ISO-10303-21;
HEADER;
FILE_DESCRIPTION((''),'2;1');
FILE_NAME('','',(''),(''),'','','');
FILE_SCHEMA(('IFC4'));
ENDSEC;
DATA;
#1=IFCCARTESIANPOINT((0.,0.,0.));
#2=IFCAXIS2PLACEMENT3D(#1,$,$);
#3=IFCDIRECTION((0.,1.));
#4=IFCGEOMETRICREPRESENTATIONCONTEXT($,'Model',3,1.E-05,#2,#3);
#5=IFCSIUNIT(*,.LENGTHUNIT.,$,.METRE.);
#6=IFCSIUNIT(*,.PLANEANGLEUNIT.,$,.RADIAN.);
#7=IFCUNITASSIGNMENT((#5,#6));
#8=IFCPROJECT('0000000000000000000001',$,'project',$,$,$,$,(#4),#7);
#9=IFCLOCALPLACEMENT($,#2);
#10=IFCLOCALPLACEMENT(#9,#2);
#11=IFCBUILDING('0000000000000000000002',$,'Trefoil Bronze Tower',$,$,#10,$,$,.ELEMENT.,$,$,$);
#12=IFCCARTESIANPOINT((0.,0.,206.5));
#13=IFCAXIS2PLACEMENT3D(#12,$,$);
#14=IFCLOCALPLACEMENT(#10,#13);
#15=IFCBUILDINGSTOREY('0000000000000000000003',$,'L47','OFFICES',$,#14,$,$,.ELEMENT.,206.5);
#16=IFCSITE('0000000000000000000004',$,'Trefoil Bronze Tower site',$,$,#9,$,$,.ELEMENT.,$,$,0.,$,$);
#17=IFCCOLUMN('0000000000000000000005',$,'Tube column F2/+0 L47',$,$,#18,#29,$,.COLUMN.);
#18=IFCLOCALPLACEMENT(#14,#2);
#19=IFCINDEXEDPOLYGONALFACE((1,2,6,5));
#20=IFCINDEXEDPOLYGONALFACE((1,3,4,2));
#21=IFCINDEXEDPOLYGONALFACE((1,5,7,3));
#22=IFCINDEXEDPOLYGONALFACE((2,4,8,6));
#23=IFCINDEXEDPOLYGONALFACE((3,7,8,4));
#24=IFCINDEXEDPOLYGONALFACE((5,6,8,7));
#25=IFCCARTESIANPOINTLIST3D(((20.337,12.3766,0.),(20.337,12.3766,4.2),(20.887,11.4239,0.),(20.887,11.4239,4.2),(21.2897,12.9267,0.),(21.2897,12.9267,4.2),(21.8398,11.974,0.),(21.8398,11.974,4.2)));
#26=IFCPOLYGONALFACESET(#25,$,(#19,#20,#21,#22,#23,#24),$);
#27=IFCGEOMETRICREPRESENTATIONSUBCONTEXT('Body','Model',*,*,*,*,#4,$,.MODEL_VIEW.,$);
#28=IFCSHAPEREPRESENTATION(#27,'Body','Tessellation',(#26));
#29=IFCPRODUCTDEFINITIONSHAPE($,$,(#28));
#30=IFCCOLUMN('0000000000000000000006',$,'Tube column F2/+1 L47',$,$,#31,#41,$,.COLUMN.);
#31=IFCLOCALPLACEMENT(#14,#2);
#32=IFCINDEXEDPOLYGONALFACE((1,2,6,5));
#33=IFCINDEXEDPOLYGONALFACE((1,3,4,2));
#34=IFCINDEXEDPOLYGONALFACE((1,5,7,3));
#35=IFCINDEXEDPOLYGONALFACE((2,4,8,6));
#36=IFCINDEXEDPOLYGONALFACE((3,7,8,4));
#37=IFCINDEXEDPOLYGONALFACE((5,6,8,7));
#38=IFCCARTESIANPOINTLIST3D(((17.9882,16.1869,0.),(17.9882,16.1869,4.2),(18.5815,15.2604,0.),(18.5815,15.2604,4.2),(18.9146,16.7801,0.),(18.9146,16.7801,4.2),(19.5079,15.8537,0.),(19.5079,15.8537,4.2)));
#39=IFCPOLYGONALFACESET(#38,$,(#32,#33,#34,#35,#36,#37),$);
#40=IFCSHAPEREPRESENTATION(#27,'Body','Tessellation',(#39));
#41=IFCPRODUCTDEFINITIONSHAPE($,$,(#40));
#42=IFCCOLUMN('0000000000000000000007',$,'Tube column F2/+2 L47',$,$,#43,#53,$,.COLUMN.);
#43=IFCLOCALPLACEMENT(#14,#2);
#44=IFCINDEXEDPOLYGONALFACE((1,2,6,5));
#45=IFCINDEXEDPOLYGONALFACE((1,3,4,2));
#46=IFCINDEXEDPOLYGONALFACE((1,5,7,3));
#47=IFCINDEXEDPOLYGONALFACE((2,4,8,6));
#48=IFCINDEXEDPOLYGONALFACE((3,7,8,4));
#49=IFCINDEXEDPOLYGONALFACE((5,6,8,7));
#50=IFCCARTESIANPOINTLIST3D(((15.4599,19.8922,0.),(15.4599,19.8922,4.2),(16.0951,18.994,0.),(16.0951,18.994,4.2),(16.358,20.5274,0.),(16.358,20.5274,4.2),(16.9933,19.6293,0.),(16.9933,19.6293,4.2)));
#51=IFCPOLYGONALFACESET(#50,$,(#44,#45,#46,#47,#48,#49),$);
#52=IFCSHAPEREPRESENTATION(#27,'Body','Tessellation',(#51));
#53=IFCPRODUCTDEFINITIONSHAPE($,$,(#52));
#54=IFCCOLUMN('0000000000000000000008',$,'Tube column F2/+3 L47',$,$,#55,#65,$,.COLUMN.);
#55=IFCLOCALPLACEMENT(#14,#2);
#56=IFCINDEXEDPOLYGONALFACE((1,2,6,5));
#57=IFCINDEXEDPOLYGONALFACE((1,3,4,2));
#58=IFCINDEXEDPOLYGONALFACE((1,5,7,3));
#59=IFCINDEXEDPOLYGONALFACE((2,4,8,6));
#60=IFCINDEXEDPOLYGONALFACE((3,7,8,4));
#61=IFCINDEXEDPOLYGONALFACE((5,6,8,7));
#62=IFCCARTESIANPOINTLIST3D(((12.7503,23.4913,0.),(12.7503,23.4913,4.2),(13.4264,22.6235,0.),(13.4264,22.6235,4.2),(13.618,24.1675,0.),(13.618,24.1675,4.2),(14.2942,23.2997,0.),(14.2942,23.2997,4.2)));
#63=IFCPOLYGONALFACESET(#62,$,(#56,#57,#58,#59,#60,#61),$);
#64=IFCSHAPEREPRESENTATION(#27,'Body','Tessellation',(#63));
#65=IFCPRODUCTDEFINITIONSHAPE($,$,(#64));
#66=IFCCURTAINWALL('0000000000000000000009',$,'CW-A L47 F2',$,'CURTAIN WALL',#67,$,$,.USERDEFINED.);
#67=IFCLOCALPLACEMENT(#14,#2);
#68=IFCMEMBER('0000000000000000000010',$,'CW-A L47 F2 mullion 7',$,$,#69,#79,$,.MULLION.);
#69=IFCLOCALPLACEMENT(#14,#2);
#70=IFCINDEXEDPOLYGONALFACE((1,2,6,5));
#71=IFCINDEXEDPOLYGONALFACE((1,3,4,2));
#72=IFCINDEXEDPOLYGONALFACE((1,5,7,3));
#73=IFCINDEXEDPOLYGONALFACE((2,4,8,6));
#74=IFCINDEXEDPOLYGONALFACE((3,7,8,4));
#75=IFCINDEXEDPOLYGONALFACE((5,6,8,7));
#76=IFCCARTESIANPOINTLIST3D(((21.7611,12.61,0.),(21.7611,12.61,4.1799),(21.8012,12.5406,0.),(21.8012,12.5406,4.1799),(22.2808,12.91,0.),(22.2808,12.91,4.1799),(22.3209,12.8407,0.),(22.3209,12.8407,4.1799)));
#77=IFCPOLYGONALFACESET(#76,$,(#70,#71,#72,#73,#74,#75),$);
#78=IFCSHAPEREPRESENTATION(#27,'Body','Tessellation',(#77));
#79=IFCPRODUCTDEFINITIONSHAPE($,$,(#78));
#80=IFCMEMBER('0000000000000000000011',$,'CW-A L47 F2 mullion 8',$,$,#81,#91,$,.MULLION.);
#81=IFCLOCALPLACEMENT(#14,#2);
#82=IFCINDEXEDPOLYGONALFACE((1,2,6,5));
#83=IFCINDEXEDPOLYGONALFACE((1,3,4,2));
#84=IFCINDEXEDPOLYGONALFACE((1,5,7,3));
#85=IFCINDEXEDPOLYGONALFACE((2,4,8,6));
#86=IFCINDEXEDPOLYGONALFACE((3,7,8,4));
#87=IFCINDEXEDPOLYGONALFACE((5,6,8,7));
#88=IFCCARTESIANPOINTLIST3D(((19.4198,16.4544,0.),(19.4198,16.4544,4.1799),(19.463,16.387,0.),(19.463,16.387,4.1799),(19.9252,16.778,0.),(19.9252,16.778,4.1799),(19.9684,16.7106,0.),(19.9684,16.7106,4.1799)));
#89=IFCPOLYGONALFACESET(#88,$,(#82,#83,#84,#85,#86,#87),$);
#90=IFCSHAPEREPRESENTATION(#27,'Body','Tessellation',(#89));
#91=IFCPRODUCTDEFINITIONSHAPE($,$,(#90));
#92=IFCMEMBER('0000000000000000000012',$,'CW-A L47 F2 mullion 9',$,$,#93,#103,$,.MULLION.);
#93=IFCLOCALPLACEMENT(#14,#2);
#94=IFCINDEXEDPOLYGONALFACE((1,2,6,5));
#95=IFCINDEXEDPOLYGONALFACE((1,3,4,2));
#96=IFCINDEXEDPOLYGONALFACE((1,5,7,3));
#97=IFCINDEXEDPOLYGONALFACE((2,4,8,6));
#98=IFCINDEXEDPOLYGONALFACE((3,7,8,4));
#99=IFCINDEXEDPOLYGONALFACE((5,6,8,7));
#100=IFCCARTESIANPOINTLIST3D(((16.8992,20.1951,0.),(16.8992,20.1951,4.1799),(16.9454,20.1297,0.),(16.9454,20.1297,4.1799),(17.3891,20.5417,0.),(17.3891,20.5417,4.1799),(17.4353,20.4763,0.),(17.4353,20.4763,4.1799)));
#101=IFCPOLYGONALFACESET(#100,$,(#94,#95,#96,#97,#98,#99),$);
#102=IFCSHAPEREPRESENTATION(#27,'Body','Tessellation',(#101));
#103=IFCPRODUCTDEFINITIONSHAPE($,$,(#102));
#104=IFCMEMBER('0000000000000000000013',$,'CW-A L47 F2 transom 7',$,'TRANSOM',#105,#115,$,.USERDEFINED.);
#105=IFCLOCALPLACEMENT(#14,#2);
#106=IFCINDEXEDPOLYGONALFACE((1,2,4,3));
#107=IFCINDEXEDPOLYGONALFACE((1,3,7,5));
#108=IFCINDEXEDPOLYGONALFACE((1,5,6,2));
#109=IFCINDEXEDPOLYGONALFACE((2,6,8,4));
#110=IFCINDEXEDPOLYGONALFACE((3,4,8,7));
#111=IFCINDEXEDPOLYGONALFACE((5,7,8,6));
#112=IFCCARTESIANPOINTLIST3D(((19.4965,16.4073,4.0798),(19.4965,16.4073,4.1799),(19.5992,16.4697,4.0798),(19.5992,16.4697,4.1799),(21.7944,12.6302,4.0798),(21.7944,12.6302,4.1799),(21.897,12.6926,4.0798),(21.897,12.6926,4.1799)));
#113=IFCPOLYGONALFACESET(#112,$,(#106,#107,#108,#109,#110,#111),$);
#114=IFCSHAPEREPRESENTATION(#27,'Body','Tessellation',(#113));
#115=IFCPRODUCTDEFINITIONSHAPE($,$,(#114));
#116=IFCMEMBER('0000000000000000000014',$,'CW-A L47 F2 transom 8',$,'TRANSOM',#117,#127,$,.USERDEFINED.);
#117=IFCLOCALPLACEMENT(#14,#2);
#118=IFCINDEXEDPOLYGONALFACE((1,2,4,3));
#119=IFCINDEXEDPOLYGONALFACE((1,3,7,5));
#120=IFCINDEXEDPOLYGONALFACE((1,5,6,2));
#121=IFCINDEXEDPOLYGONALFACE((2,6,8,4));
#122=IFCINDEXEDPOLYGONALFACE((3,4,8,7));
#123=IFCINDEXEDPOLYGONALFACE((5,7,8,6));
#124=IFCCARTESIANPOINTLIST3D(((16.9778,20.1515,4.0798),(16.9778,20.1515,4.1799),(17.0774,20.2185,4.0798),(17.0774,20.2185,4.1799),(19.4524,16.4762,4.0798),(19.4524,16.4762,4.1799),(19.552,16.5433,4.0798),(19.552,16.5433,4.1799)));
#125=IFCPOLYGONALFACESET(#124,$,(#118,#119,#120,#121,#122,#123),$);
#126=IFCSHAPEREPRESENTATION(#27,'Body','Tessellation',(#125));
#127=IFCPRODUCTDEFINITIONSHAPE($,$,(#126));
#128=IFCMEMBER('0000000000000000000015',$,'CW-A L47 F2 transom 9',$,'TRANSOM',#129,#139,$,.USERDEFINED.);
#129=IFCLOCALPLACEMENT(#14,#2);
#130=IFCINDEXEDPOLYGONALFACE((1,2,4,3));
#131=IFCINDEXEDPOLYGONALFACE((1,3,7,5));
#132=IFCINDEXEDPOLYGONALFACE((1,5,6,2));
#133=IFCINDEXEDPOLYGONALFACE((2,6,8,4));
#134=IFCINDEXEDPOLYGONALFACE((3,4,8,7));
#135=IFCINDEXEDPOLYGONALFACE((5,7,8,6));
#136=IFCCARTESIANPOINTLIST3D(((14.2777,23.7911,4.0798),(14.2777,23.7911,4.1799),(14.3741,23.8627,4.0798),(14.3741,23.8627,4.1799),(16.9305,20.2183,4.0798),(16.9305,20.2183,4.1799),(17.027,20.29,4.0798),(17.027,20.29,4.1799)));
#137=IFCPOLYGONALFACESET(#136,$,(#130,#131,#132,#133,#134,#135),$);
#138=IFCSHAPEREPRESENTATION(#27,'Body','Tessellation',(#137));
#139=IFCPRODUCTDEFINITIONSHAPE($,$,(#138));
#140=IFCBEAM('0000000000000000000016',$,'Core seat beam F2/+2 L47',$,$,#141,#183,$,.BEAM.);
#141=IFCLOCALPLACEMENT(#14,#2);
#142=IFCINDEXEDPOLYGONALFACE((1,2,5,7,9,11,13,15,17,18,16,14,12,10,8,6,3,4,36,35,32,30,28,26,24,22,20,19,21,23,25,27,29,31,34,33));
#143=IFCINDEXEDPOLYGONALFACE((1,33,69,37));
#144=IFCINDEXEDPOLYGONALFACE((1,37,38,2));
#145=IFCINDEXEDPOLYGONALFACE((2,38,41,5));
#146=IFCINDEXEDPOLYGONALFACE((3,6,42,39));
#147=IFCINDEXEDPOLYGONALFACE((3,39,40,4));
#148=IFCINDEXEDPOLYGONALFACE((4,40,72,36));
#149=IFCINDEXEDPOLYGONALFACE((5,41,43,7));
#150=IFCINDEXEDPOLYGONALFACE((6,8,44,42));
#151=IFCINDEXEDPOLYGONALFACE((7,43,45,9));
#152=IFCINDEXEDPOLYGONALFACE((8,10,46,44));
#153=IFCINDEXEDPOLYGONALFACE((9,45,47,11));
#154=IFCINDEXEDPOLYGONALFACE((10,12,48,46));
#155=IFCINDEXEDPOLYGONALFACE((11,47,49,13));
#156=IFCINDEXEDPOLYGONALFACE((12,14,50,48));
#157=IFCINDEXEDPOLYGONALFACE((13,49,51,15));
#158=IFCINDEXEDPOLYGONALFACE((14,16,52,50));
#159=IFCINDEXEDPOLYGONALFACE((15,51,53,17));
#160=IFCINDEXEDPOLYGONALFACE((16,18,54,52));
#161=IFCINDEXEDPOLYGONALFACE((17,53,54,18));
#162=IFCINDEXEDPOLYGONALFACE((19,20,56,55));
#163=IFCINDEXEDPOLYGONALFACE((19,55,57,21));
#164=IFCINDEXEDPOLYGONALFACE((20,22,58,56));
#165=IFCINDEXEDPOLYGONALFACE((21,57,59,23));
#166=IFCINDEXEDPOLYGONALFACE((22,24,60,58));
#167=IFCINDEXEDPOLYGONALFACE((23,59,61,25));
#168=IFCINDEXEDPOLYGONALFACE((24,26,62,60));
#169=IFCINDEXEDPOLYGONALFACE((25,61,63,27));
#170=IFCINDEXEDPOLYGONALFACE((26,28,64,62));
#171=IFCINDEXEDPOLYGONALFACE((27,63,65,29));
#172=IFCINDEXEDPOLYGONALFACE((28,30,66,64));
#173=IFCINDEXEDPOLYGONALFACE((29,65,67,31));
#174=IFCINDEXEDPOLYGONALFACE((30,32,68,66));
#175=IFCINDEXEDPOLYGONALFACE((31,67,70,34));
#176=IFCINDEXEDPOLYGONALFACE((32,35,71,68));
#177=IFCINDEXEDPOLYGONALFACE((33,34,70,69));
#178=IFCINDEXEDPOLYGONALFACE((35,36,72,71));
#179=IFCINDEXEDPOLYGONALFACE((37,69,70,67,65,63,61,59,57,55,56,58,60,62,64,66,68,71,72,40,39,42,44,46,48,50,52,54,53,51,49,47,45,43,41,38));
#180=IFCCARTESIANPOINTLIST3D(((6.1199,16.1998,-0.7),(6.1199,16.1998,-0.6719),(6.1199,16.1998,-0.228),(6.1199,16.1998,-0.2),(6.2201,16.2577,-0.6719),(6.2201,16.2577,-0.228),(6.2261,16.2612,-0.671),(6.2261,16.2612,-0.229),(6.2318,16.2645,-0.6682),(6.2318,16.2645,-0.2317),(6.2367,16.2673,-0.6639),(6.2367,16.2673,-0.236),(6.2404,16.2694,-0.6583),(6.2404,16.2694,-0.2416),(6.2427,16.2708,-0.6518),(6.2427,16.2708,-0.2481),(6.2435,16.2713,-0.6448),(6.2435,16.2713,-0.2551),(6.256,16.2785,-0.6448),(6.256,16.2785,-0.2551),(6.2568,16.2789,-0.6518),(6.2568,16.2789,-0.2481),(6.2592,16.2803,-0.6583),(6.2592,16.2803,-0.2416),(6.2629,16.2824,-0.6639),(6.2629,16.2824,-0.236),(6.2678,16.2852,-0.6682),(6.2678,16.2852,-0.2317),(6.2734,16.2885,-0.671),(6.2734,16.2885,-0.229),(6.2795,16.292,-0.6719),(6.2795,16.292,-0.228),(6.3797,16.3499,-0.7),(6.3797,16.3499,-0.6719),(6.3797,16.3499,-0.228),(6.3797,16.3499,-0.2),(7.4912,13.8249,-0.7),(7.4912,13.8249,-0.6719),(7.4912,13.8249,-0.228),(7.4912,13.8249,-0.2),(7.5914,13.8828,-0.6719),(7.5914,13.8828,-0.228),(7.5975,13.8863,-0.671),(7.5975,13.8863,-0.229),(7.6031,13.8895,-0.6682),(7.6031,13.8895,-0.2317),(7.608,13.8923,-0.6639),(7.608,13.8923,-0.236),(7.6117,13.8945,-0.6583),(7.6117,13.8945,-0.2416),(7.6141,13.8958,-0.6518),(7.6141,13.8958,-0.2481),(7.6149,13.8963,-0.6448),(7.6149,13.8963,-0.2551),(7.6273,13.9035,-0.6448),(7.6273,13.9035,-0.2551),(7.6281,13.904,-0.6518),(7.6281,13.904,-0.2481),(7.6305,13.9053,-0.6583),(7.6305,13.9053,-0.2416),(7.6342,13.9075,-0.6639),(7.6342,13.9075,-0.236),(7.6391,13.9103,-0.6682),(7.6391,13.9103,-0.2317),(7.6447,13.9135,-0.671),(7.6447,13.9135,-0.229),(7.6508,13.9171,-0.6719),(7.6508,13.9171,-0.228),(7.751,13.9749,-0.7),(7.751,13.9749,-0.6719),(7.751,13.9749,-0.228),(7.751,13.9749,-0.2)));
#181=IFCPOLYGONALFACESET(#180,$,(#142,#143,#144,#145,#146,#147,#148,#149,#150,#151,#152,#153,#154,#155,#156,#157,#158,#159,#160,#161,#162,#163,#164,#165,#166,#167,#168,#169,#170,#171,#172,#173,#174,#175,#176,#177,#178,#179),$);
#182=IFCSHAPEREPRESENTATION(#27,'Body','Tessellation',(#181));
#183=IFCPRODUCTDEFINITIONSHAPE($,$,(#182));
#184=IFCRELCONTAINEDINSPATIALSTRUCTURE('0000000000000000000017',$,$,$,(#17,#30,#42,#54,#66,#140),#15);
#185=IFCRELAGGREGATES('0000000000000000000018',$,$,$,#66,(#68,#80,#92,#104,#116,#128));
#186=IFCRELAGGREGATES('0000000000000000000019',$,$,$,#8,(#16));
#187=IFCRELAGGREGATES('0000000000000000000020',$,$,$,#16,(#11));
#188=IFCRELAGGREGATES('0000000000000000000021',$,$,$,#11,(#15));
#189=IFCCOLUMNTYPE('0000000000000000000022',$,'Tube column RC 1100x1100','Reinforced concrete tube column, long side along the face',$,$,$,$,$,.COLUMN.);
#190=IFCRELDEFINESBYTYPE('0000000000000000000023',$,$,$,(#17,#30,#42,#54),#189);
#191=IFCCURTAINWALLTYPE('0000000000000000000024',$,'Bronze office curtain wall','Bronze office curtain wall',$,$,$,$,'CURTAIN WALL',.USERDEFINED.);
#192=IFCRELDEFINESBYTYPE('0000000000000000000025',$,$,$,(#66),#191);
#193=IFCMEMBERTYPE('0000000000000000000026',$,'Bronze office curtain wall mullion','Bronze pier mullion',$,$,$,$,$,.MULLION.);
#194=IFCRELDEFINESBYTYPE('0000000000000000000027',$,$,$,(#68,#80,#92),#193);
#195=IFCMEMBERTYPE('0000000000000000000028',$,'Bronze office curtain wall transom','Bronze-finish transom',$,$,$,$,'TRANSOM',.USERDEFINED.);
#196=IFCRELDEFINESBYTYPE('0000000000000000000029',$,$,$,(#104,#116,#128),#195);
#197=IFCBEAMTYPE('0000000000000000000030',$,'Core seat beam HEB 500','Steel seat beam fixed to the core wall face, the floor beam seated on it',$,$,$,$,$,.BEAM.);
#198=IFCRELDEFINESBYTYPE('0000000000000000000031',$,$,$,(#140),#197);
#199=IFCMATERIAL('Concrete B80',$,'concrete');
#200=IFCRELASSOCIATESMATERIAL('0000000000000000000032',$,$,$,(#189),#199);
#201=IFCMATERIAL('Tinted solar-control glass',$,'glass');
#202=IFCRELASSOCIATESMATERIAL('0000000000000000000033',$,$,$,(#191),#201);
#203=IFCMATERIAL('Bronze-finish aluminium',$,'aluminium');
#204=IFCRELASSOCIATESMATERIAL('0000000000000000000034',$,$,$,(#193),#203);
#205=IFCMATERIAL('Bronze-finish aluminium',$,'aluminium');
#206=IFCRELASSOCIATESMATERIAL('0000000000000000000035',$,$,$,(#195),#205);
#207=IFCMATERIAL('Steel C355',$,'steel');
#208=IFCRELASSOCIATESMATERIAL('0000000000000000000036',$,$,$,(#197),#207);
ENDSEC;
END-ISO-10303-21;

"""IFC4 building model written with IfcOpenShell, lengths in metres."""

from ifc_helpers import new_model, si_unit, direction, frame, origin, origin_2d, place, context, subcontext, project, spatial, rectangle, i_section, extrude, material, material_profile, profile_set, type_object, element, aggregate, save


model = new_model("IFC4")

# Units and contexts
model_context = context("Model", 3, precision=1e-05, world=origin(), true_north=direction((0.0, 1.0)))
body_context = subcontext(model_context, "Body", "Model", "MODEL_VIEW")
ifc_project = project(units=[si_unit("LENGTHUNIT", "METRE"), si_unit("PLANEANGLEUNIT", "RADIAN")], contexts=[model_context])

# Site, building, storey
site_placement = place(None, origin())
site = spatial("IfcSite", under=ifc_project, at=site_placement, Name="Trefoil Bronze Tower site", CompositionType="ELEMENT", RefElevation=0.0)
building_placement = place(site_placement, origin())
building = spatial("IfcBuilding", under=site, at=building_placement, Name="Trefoil Bronze Tower", CompositionType="ELEMENT")
storey_placement = place(building_placement, frame((0.0, 0.0, 206.5)))
storey = spatial("IfcBuildingStorey", under=building, at=storey_placement, Name="L47", Description="OFFICES", CompositionType="ELEMENT", Elevation=206.5)

# Columns
ifc_material_1 = material(Name="Concrete B80", Category="concrete")
ifc_material_profile_1 = material_profile(ifc_material_1, rectangle(XDim=1.1001, YDim=1.1001, at=origin_2d()), Name="RC 1100x1100")
ifc_profile_set_1 = profile_set([ifc_material_profile_1], Name="Concrete B80")
column_type = type_object("IfcColumnType", Name="Tube column RC 1100x1100", Description="Reinforced concrete tube column, long side along the face", PredefinedType="COLUMN", material=ifc_profile_set_1)
for number, where, z_axis, x_axis, name in (
    (1, (21.0884, 12.1753, 0.0), (0.0, 0.0, 1.0), (-0.5, 0.866025, 0.0), "Tube column F2/+0 L47"),
    (2, (18.748, 16.0203, 0.0), (0.0, 0.0, 1.0), (-0.53927, 0.842133, 0.0), "Tube column F2/+1 L47"),
    (3, (16.2266, 19.7607, 0.0), (0.0, 0.0, 1.0), (-0.577481, 0.816404, 0.0), "Tube column F2/+2 L47"),
    (4, (13.5222, 23.3955, 0.0), (0.0, 0.0, 1.0), (-0.614622, 0.788821, 0.0), "Tube column F2/+3 L47"),
):
    element("IfcColumn", number, at=place(storey_placement, frame(where, z_axis=z_axis, x_axis=x_axis)), inside=storey, type_object=column_type, Name=name, PredefinedType="COLUMN", context=body_context, shape_type="SweptSolid", body=[
        extrude(rectangle(XDim=1.1001, YDim=1.1001, at=origin_2d()), origin(), (0.0, 0.0, 1.0), 4.2),
    ])

# Curtain wall, members
ifc_material_2 = material(Name="Tinted solar-control glass", Category="glass")
curtain_wall_type = type_object("IfcCurtainWallType", Name="Bronze office curtain wall", Description="Bronze office curtain wall", ElementType="CURTAIN WALL", PredefinedType="USERDEFINED", material=ifc_material_2)
curtain_wall_placement = place(storey_placement, origin())
curtain_wall = element("IfcCurtainWall", 5, at=curtain_wall_placement, inside=storey, type_object=curtain_wall_type, Name="CW-A L47 F2", ObjectType="CURTAIN WALL", PredefinedType="USERDEFINED")
ifc_material_3 = material(Name="Bronze-finish aluminium", Category="aluminium")
ifc_material_profile_2 = material_profile(ifc_material_3, rectangle(XDim=0.6001, YDim=0.0801, at=origin_2d()), Name="CW-A mullion")
ifc_profile_set_2 = profile_set([ifc_material_profile_2], Name="Bronze-finish aluminium")
member_type_1 = type_object("IfcMemberType", Name="Bronze office curtain wall mullion", Description="Bronze pier mullion", PredefinedType="MULLION", material=ifc_profile_set_2)
member_1_placement = place(storey_placement, frame((22.041, 12.7253, 0.0), z_axis=(0.0, 0.0, 1.0), x_axis=(-0.866025, -0.5, 0.0)))
member_1 = element("IfcMember", 6, at=member_1_placement, type_object=member_type_1, Name="CW-A L47 F2 mullion 7", PredefinedType="MULLION", context=body_context, shape_type="SweptSolid", body=[
    extrude(rectangle(XDim=0.6001, YDim=0.0801, at=origin_2d()), origin(), (0.0, 0.0, 1.0), 4.1799),
])
member_2_placement = place(storey_placement, frame((19.6941, 16.5825, 0.0), z_axis=(0.0, 0.0, 1.0), x_axis=(-0.842133, -0.53927, 0.0)))
member_2 = element("IfcMember", 7, at=member_2_placement, type_object=member_type_1, Name="CW-A L47 F2 mullion 8", PredefinedType="MULLION", context=body_context, shape_type="SweptSolid", body=[
    extrude(rectangle(XDim=0.6001, YDim=0.0801, at=origin_2d()), origin(), (0.0, 0.0, 1.0), 4.1799),
])
member_3_placement = place(storey_placement, frame((17.1672, 20.3357, 0.0), z_axis=(0.0, 0.0, 1.0), x_axis=(-0.816404, -0.577481, 0.0)))
member_3 = element("IfcMember", 8, at=member_3_placement, type_object=member_type_1, Name="CW-A L47 F2 mullion 9", PredefinedType="MULLION", context=body_context, shape_type="SweptSolid", body=[
    extrude(rectangle(XDim=0.6001, YDim=0.0801, at=origin_2d()), origin(), (0.0, 0.0, 1.0), 4.1799),
])
ifc_material_4 = material(Name="Bronze-finish aluminium", Category="aluminium")
ifc_material_profile_3 = material_profile(ifc_material_4, rectangle(XDim=0.1201, YDim=0.1001, at=origin_2d()), Name="CW-A transom")
ifc_profile_set_3 = profile_set([ifc_material_profile_3], Name="Bronze-finish aluminium")
member_type_2 = type_object("IfcMemberType", Name="Bronze office curtain wall transom", Description="Bronze-finish transom", ElementType="TRANSOM", PredefinedType="USERDEFINED", material=ifc_profile_set_3)
member_4_placement = place(storey_placement, frame((21.8457, 12.6614, 4.1299), z_axis=(-0.51974, 0.854324, 0.0), x_axis=(-0.854324, -0.51974, 0.0)))
member_4 = element("IfcMember", 9, at=member_4_placement, type_object=member_type_2, Name="CW-A L47 F2 transom 7", ObjectType="TRANSOM", PredefinedType="USERDEFINED", context=body_context, shape_type="SweptSolid", body=[
    extrude(rectangle(XDim=0.1201, YDim=0.1001, at=origin_2d()), origin(), (0.0, 0.0, 1.0), 4.4211),
])
member_5_placement = place(storey_placement, frame((19.5022, 16.5098, 4.1299), z_axis=(-0.558509, 0.829498, 0.0), x_axis=(-0.829498, -0.558509, 0.0)))
member_5 = element("IfcMember", 10, at=member_5_placement, type_object=member_type_2, Name="CW-A L47 F2 transom 8", ObjectType="TRANSOM", PredefinedType="USERDEFINED", context=body_context, shape_type="SweptSolid", body=[
    extrude(rectangle(XDim=0.1201, YDim=0.1001, at=origin_2d()), origin(), (0.0, 0.0, 1.0), 4.4307),
])
member_6_placement = place(storey_placement, frame((16.9788, 20.2542, 4.1299), z_axis=(-0.596148, 0.802874, 0.0), x_axis=(-0.802874, -0.596148, 0.0)))
member_6 = element("IfcMember", 11, at=member_6_placement, type_object=member_type_2, Name="CW-A L47 F2 transom 9", ObjectType="TRANSOM", PredefinedType="USERDEFINED", context=body_context, shape_type="SweptSolid", body=[
    extrude(rectangle(XDim=0.1201, YDim=0.1001, at=origin_2d()), origin(), (0.0, 0.0, 1.0), 4.45),
])

# Beam
ifc_material_5 = material(Name="Steel C355", Category="steel")
ifc_material_profile_4 = material_profile(ifc_material_5, i_section(OverallWidth=0.3, OverallDepth=0.5, WebThickness=0.0144, FlangeThickness=0.0281, FilletRadius=0.0271, at=origin_2d()), Name="HEB 500")
ifc_profile_set_4 = profile_set([ifc_material_profile_4], Name="Steel C355")
beam_type_1 = type_object("IfcBeamType", Name="Core seat beam HEB 500", Description="Steel seat beam fixed to the core wall face, the floor beam seated on it", PredefinedType="BEAM", material=ifc_profile_set_4)
beam_1_placement = place(storey_placement, frame((7.6211, 13.8999, -0.45), z_axis=(-0.500036, 0.866005, 0.0), x_axis=(-0.866005, -0.500036, 0.0)))
element("IfcBeam", 12, at=beam_1_placement, inside=storey, type_object=beam_type_1, Name="Core seat beam F2/+2 L47", PredefinedType="BEAM", context=body_context, shape_type="SweptSolid", body=[
    extrude(i_section(OverallWidth=0.3, OverallDepth=0.5, WebThickness=0.0144, FlangeThickness=0.0281, FilletRadius=0.0271, at=origin_2d()), origin(), (0.0, 0.0, 1.0), 2.7424),
])

aggregate(curtain_wall, [member_1, member_2, member_3, member_4, member_5, member_6])

save(model, "model.ifc")
